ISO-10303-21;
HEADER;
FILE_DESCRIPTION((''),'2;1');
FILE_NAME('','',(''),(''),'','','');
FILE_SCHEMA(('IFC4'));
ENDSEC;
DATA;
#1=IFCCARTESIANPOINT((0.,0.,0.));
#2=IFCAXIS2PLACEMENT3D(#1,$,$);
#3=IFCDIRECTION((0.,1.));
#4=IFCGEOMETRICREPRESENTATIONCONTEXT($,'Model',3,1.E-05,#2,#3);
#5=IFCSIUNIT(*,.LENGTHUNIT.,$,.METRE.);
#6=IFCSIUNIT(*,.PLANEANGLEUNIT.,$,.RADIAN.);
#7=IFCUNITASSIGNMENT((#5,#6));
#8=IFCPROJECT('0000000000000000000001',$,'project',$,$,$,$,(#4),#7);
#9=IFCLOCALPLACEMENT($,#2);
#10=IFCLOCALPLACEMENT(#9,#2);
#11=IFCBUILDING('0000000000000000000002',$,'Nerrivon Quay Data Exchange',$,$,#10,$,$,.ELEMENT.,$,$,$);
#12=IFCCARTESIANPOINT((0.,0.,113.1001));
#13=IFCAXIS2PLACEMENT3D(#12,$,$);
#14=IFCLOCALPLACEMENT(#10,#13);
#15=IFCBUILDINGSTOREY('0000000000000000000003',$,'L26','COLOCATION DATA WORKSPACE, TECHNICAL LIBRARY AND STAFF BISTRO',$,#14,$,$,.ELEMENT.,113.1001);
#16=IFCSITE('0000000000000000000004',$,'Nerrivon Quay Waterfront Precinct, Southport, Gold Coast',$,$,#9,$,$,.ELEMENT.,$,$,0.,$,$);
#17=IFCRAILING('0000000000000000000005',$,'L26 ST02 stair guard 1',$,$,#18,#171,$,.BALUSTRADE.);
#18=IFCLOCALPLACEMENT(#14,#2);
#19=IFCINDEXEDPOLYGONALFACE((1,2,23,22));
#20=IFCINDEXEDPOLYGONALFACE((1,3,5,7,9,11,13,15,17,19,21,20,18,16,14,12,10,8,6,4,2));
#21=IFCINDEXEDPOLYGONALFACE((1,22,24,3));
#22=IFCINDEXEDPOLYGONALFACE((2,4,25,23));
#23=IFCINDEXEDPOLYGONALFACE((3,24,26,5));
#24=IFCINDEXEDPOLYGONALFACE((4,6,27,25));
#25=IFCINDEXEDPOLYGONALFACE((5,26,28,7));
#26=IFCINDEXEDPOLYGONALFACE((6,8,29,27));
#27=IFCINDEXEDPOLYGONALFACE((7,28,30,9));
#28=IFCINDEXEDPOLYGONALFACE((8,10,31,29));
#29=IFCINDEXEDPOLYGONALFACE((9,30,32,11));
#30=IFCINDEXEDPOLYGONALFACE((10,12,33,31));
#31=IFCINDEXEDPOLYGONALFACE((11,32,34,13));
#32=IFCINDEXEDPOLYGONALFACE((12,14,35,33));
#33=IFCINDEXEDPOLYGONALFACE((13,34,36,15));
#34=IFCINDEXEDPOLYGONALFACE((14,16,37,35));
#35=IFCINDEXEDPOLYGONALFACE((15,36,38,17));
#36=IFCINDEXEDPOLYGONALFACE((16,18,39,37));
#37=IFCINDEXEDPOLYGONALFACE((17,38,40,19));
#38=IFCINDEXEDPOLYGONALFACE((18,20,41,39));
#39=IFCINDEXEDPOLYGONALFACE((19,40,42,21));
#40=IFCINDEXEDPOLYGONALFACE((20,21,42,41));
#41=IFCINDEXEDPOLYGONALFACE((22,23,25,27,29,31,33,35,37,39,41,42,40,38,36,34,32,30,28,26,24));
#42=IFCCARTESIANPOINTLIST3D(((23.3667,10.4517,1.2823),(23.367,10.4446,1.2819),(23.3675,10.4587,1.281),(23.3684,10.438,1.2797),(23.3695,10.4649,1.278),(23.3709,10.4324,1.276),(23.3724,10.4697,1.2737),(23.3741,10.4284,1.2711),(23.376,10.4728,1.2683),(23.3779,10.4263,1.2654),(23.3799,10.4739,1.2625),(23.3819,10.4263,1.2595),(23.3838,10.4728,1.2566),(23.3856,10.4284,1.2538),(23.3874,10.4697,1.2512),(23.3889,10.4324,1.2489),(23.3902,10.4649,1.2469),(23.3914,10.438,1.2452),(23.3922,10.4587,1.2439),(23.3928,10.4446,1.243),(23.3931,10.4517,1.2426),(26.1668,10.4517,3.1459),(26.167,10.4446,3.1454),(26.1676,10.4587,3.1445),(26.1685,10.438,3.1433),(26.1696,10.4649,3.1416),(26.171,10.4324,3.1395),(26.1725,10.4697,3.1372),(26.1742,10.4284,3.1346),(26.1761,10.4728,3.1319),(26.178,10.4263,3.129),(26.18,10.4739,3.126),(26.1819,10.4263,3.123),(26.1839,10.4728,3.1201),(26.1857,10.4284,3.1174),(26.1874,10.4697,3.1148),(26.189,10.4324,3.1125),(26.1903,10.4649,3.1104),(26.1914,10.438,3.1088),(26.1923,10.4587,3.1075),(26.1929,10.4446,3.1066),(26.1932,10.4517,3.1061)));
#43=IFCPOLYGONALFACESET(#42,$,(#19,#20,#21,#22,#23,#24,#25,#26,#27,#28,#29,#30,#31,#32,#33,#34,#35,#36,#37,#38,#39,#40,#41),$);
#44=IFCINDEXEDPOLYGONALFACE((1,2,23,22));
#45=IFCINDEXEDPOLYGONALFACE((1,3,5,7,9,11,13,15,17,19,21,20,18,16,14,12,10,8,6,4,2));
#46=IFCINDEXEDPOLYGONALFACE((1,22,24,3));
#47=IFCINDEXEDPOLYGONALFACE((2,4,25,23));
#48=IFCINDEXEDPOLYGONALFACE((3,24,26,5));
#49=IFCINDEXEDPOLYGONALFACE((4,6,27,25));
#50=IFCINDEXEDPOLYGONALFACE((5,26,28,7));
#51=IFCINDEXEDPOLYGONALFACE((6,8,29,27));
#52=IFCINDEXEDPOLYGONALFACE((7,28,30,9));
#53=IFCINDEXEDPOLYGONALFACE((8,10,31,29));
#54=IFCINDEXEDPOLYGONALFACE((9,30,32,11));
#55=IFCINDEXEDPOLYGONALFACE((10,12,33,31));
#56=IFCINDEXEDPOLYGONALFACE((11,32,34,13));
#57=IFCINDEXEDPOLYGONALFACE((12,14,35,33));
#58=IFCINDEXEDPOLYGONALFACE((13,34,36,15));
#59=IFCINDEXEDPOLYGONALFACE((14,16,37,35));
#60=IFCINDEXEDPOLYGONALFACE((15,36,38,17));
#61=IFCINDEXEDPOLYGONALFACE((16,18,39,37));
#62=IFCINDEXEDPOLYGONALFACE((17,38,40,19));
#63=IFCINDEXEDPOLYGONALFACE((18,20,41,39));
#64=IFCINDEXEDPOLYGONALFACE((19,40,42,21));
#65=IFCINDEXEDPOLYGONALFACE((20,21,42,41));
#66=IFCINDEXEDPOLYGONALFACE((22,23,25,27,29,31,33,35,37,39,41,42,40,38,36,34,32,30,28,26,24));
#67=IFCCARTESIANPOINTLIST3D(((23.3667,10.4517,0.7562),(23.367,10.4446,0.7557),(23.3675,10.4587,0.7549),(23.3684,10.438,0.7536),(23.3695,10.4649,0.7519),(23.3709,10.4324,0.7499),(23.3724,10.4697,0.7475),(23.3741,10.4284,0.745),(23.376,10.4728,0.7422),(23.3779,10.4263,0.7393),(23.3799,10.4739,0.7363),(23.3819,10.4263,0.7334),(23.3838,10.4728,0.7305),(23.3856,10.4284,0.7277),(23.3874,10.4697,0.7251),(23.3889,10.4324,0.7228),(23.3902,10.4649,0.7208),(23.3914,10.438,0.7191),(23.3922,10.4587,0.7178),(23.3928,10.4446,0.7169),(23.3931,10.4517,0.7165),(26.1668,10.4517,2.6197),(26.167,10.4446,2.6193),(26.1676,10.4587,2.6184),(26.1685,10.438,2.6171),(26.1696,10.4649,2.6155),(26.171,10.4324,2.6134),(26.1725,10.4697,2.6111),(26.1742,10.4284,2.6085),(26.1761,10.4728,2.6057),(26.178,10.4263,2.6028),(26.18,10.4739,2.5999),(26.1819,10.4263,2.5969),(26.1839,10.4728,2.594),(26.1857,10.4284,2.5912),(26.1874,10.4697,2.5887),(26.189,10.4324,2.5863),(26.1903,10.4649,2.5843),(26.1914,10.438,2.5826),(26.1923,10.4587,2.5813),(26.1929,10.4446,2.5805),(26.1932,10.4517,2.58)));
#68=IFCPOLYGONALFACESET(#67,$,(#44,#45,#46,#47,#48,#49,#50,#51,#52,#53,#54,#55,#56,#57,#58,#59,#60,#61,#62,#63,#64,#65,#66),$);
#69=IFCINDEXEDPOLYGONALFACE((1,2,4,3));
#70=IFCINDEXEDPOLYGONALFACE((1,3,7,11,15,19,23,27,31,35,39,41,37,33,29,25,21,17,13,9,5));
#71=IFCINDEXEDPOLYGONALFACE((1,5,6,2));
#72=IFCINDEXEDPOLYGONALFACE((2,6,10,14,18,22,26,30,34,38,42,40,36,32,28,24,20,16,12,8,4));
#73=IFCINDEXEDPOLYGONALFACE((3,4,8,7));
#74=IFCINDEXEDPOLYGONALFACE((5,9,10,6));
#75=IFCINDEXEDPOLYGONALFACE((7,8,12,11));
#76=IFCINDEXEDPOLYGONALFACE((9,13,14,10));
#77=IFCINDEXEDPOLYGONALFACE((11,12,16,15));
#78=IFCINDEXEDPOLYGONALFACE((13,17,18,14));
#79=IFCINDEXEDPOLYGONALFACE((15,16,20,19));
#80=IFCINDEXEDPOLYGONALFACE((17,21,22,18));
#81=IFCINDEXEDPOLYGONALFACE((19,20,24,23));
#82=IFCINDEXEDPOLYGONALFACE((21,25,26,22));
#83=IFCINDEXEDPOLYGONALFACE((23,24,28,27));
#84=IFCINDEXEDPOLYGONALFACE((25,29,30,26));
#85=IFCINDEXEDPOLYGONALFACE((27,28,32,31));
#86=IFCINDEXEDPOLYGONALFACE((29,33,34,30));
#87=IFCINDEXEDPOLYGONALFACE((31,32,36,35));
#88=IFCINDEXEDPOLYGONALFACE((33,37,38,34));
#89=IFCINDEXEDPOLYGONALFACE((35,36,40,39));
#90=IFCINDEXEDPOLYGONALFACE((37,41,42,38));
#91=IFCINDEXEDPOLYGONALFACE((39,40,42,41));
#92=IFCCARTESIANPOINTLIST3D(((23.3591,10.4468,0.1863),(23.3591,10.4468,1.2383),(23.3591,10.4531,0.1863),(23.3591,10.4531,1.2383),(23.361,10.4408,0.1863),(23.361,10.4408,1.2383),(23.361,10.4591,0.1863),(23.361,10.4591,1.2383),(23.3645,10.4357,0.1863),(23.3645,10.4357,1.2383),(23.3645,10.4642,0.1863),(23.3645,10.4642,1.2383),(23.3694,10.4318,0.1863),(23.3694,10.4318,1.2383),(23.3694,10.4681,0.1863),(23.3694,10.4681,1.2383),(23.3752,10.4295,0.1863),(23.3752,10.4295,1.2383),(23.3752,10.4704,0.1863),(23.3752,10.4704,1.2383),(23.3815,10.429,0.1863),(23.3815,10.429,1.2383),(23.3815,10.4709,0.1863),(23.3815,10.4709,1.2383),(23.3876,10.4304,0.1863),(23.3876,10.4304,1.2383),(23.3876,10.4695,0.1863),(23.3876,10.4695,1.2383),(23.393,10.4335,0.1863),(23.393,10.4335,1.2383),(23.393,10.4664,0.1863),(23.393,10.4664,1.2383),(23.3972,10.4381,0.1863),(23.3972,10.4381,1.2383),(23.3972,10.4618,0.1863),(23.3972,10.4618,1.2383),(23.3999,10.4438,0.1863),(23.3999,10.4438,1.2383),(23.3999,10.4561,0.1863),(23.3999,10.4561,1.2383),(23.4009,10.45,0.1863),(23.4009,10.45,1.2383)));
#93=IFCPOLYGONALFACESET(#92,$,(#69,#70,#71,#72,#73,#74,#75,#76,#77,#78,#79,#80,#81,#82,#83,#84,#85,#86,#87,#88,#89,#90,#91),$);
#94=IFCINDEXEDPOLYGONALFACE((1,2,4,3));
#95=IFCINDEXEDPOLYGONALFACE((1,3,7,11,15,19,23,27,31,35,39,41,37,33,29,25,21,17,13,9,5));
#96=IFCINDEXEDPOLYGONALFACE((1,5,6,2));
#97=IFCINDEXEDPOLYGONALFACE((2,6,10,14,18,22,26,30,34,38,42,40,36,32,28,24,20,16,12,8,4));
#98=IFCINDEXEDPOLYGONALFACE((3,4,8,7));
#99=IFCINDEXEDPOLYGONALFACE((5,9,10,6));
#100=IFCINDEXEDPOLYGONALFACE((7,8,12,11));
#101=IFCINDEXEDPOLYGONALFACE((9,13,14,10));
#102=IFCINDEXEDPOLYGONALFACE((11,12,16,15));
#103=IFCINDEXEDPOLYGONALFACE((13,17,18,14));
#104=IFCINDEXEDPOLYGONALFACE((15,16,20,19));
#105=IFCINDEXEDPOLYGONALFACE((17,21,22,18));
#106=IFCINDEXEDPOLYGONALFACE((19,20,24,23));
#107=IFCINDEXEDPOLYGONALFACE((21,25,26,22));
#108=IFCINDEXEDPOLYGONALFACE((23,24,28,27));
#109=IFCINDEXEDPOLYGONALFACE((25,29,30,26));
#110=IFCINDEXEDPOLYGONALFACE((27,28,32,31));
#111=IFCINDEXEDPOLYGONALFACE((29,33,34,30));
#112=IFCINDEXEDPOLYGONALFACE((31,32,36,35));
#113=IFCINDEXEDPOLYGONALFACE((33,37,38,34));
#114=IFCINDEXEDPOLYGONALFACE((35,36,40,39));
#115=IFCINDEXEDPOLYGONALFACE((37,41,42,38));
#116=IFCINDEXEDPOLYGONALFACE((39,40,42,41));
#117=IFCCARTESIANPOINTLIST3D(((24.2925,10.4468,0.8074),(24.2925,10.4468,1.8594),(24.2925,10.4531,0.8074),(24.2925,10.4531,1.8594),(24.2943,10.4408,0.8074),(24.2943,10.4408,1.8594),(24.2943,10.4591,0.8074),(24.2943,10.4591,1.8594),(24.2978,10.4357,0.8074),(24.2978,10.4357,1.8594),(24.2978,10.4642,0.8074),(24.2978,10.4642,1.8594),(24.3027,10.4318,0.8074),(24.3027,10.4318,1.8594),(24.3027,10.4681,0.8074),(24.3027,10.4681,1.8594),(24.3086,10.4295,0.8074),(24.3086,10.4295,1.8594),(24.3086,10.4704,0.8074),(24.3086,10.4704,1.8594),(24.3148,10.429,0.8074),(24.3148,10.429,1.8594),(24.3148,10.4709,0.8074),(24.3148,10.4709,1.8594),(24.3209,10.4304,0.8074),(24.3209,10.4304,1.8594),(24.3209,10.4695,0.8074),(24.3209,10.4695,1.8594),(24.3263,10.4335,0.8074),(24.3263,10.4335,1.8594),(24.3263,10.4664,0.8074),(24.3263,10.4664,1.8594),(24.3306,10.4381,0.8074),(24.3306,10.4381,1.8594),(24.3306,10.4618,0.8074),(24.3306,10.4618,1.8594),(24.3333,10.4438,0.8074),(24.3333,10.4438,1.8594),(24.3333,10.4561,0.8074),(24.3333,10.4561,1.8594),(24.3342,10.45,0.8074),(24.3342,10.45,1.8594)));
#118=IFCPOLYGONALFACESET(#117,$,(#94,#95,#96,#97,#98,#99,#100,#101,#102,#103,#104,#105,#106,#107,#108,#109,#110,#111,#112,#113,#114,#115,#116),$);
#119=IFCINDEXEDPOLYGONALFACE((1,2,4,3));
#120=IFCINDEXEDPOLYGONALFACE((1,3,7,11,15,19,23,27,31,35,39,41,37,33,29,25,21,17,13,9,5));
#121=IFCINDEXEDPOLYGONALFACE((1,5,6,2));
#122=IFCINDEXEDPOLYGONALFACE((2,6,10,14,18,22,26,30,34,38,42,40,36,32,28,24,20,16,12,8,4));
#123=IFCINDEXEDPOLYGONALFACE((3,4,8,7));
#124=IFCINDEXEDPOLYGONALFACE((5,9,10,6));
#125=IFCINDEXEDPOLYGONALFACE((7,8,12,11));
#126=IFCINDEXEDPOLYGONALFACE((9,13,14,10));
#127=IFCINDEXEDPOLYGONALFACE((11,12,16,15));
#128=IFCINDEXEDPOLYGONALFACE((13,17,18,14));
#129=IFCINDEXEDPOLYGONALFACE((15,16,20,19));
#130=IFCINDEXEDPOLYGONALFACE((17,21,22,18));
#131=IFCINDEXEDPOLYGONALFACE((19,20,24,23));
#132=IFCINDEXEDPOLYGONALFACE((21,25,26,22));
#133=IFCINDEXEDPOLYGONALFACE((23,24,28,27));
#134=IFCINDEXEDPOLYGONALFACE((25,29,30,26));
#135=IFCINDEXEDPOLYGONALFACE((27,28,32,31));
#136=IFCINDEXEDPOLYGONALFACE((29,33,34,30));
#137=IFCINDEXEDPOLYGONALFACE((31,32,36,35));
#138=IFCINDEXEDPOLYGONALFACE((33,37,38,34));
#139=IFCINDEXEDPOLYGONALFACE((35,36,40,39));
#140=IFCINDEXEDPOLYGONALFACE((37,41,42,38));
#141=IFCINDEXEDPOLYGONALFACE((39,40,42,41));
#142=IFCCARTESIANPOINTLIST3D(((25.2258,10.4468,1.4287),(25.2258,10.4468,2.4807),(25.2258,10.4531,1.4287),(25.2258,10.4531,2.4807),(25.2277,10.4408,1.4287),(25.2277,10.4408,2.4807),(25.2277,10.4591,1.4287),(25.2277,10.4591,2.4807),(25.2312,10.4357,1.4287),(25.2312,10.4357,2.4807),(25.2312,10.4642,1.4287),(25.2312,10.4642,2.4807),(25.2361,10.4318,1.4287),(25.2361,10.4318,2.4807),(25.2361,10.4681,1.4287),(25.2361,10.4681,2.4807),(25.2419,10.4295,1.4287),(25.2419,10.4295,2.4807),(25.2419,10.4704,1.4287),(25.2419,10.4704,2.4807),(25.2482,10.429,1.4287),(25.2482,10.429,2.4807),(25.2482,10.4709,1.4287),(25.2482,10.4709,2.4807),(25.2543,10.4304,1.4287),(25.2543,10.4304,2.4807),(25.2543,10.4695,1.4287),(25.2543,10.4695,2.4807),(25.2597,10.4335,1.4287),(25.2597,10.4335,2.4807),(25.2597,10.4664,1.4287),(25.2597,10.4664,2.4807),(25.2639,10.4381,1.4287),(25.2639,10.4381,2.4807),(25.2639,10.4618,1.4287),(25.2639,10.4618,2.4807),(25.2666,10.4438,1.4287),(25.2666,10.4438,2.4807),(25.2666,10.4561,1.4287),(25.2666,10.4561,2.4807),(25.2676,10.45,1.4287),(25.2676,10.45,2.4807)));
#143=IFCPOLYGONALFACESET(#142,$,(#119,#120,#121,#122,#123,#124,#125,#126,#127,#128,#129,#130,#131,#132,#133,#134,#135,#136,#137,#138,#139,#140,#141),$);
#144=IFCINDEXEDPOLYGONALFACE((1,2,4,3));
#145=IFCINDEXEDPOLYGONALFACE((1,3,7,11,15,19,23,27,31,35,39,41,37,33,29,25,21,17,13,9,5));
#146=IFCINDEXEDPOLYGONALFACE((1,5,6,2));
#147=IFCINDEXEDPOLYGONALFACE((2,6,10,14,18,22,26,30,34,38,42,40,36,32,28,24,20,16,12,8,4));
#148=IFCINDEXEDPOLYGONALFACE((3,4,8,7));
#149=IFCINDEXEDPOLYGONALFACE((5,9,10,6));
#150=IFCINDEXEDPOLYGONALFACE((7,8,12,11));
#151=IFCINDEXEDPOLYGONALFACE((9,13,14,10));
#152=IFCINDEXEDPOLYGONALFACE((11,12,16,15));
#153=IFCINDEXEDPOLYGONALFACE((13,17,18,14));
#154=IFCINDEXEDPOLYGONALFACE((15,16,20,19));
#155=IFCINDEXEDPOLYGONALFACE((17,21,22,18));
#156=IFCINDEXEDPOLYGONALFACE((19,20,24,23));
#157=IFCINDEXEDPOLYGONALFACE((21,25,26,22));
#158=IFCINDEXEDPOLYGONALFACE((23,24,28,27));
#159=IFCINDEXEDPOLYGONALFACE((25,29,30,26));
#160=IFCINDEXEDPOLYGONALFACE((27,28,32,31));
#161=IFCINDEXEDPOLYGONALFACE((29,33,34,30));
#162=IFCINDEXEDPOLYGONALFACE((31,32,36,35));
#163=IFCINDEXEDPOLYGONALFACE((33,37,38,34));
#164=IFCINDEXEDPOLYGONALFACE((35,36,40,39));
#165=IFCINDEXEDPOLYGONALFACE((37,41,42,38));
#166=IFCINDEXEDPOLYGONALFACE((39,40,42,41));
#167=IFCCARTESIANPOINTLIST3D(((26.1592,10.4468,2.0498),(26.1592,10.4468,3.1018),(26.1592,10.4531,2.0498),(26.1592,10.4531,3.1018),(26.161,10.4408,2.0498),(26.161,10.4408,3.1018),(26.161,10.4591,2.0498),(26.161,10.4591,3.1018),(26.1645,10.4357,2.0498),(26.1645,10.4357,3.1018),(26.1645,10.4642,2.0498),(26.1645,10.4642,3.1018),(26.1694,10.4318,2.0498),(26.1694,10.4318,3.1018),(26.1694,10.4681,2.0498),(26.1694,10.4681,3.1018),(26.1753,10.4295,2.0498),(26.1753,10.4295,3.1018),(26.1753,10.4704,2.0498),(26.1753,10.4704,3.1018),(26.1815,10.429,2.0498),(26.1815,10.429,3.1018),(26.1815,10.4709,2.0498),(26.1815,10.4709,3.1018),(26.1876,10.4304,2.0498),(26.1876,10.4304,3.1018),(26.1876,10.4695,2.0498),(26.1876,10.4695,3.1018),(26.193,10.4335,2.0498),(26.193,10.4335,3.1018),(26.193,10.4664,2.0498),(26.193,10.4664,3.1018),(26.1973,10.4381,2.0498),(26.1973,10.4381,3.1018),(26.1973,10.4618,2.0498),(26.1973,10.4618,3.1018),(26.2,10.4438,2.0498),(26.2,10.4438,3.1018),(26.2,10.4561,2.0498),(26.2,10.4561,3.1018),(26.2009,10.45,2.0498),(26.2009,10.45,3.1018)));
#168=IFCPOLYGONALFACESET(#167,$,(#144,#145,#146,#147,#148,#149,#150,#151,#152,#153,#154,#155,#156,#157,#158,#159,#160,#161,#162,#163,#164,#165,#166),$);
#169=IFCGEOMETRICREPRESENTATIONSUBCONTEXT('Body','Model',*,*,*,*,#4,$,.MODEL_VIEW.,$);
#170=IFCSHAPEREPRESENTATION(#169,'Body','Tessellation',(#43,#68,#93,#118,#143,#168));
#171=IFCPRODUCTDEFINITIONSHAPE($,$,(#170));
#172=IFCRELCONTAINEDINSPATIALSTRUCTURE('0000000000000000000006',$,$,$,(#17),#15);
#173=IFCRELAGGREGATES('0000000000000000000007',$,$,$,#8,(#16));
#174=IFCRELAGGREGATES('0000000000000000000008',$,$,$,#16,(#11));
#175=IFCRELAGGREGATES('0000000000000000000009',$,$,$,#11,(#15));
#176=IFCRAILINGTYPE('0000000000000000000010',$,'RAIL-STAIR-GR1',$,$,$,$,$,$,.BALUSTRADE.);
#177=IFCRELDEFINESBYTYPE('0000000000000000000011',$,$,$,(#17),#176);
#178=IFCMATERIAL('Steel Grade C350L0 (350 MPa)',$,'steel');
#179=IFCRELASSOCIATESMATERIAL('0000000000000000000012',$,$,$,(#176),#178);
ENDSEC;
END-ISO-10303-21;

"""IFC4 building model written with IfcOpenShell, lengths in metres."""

from ifc_helpers import new_model, si_unit, direction, frame, origin, origin_2d, place, context, subcontext, project, spatial, circle, extrude, material, type_object, element, save


model = new_model("IFC4")

# Units and contexts
model_context = context("Model", 3, precision=1e-05, world=origin(), true_north=direction((0.0, 1.0)))
body_context = subcontext(model_context, "Body", "Model", "MODEL_VIEW")
ifc_project = project(units=[si_unit("LENGTHUNIT", "METRE"), si_unit("PLANEANGLEUNIT", "RADIAN")], contexts=[model_context])

# Site, building, storey
site_placement = place(None, origin())
site = spatial("IfcSite", under=ifc_project, at=site_placement, Name="Nerrivon Quay Waterfront Precinct, Southport, Gold Coast", CompositionType="ELEMENT", RefElevation=0.0)
building_placement = place(site_placement, origin())
building = spatial("IfcBuilding", under=site, at=building_placement, Name="Nerrivon Quay Data Exchange", CompositionType="ELEMENT")
storey_placement = place(building_placement, frame((0.0, 0.0, 113.1001)))
storey = spatial("IfcBuildingStorey", under=building, at=storey_placement, Name="L26", Description="COLOCATION DATA WORKSPACE, TECHNICAL LIBRARY AND STAFF BISTRO", CompositionType="ELEMENT", Elevation=113.1001)

# Railing
ifc_material_1 = material(Name="Steel Grade C350L0 (350 MPa)", Category="steel")
railing_type_1 = type_object("IfcRailingType", Name="RAIL-STAIR-GR1", PredefinedType="BALUSTRADE", material=ifc_material_1)
railing_1_placement = place(storey_placement, frame((23.3799, 10.45, 0.1863)))
element("IfcRailing", 1, at=railing_1_placement, inside=storey, type_object=railing_type_1, Name="L26 ST02 stair guard 1", PredefinedType="BALUSTRADE", context=body_context, shape_type="SweptSolid", body=[
    extrude(circle(Radius=0.0239, at=origin_2d()), frame((0.0, 0.0, 1.0762), z_axis=(0.832486, 0.0, 0.554047), x_axis=(0.0, 1.0, 0.0)), (0.0, 0.0, 1.0), 3.3635),
    extrude(circle(Radius=0.0239, at=origin_2d()), frame((0.0, 0.0, 0.55), z_axis=(0.832486, 0.0, 0.554047), x_axis=(0.0, 1.0, 0.0)), (0.0, 0.0, 1.0), 3.3635),
    extrude(circle(Radius=0.021, at=origin_2d()), origin(), (0.0, 0.0, 1.0), 1.052),
    extrude(circle(Radius=0.021, at=origin_2d()), frame((0.9333, 0.0, 0.6211)), (0.0, 0.0, 1.0), 1.052),
    extrude(circle(Radius=0.021, at=origin_2d()), frame((1.8667, 0.0, 1.2424)), (0.0, 0.0, 1.0), 1.052),
    extrude(circle(Radius=0.021, at=origin_2d()), frame((2.8, 0.0, 1.8635)), (0.0, 0.0, 1.0), 1.052),
])

save(model, "model.ifc")
